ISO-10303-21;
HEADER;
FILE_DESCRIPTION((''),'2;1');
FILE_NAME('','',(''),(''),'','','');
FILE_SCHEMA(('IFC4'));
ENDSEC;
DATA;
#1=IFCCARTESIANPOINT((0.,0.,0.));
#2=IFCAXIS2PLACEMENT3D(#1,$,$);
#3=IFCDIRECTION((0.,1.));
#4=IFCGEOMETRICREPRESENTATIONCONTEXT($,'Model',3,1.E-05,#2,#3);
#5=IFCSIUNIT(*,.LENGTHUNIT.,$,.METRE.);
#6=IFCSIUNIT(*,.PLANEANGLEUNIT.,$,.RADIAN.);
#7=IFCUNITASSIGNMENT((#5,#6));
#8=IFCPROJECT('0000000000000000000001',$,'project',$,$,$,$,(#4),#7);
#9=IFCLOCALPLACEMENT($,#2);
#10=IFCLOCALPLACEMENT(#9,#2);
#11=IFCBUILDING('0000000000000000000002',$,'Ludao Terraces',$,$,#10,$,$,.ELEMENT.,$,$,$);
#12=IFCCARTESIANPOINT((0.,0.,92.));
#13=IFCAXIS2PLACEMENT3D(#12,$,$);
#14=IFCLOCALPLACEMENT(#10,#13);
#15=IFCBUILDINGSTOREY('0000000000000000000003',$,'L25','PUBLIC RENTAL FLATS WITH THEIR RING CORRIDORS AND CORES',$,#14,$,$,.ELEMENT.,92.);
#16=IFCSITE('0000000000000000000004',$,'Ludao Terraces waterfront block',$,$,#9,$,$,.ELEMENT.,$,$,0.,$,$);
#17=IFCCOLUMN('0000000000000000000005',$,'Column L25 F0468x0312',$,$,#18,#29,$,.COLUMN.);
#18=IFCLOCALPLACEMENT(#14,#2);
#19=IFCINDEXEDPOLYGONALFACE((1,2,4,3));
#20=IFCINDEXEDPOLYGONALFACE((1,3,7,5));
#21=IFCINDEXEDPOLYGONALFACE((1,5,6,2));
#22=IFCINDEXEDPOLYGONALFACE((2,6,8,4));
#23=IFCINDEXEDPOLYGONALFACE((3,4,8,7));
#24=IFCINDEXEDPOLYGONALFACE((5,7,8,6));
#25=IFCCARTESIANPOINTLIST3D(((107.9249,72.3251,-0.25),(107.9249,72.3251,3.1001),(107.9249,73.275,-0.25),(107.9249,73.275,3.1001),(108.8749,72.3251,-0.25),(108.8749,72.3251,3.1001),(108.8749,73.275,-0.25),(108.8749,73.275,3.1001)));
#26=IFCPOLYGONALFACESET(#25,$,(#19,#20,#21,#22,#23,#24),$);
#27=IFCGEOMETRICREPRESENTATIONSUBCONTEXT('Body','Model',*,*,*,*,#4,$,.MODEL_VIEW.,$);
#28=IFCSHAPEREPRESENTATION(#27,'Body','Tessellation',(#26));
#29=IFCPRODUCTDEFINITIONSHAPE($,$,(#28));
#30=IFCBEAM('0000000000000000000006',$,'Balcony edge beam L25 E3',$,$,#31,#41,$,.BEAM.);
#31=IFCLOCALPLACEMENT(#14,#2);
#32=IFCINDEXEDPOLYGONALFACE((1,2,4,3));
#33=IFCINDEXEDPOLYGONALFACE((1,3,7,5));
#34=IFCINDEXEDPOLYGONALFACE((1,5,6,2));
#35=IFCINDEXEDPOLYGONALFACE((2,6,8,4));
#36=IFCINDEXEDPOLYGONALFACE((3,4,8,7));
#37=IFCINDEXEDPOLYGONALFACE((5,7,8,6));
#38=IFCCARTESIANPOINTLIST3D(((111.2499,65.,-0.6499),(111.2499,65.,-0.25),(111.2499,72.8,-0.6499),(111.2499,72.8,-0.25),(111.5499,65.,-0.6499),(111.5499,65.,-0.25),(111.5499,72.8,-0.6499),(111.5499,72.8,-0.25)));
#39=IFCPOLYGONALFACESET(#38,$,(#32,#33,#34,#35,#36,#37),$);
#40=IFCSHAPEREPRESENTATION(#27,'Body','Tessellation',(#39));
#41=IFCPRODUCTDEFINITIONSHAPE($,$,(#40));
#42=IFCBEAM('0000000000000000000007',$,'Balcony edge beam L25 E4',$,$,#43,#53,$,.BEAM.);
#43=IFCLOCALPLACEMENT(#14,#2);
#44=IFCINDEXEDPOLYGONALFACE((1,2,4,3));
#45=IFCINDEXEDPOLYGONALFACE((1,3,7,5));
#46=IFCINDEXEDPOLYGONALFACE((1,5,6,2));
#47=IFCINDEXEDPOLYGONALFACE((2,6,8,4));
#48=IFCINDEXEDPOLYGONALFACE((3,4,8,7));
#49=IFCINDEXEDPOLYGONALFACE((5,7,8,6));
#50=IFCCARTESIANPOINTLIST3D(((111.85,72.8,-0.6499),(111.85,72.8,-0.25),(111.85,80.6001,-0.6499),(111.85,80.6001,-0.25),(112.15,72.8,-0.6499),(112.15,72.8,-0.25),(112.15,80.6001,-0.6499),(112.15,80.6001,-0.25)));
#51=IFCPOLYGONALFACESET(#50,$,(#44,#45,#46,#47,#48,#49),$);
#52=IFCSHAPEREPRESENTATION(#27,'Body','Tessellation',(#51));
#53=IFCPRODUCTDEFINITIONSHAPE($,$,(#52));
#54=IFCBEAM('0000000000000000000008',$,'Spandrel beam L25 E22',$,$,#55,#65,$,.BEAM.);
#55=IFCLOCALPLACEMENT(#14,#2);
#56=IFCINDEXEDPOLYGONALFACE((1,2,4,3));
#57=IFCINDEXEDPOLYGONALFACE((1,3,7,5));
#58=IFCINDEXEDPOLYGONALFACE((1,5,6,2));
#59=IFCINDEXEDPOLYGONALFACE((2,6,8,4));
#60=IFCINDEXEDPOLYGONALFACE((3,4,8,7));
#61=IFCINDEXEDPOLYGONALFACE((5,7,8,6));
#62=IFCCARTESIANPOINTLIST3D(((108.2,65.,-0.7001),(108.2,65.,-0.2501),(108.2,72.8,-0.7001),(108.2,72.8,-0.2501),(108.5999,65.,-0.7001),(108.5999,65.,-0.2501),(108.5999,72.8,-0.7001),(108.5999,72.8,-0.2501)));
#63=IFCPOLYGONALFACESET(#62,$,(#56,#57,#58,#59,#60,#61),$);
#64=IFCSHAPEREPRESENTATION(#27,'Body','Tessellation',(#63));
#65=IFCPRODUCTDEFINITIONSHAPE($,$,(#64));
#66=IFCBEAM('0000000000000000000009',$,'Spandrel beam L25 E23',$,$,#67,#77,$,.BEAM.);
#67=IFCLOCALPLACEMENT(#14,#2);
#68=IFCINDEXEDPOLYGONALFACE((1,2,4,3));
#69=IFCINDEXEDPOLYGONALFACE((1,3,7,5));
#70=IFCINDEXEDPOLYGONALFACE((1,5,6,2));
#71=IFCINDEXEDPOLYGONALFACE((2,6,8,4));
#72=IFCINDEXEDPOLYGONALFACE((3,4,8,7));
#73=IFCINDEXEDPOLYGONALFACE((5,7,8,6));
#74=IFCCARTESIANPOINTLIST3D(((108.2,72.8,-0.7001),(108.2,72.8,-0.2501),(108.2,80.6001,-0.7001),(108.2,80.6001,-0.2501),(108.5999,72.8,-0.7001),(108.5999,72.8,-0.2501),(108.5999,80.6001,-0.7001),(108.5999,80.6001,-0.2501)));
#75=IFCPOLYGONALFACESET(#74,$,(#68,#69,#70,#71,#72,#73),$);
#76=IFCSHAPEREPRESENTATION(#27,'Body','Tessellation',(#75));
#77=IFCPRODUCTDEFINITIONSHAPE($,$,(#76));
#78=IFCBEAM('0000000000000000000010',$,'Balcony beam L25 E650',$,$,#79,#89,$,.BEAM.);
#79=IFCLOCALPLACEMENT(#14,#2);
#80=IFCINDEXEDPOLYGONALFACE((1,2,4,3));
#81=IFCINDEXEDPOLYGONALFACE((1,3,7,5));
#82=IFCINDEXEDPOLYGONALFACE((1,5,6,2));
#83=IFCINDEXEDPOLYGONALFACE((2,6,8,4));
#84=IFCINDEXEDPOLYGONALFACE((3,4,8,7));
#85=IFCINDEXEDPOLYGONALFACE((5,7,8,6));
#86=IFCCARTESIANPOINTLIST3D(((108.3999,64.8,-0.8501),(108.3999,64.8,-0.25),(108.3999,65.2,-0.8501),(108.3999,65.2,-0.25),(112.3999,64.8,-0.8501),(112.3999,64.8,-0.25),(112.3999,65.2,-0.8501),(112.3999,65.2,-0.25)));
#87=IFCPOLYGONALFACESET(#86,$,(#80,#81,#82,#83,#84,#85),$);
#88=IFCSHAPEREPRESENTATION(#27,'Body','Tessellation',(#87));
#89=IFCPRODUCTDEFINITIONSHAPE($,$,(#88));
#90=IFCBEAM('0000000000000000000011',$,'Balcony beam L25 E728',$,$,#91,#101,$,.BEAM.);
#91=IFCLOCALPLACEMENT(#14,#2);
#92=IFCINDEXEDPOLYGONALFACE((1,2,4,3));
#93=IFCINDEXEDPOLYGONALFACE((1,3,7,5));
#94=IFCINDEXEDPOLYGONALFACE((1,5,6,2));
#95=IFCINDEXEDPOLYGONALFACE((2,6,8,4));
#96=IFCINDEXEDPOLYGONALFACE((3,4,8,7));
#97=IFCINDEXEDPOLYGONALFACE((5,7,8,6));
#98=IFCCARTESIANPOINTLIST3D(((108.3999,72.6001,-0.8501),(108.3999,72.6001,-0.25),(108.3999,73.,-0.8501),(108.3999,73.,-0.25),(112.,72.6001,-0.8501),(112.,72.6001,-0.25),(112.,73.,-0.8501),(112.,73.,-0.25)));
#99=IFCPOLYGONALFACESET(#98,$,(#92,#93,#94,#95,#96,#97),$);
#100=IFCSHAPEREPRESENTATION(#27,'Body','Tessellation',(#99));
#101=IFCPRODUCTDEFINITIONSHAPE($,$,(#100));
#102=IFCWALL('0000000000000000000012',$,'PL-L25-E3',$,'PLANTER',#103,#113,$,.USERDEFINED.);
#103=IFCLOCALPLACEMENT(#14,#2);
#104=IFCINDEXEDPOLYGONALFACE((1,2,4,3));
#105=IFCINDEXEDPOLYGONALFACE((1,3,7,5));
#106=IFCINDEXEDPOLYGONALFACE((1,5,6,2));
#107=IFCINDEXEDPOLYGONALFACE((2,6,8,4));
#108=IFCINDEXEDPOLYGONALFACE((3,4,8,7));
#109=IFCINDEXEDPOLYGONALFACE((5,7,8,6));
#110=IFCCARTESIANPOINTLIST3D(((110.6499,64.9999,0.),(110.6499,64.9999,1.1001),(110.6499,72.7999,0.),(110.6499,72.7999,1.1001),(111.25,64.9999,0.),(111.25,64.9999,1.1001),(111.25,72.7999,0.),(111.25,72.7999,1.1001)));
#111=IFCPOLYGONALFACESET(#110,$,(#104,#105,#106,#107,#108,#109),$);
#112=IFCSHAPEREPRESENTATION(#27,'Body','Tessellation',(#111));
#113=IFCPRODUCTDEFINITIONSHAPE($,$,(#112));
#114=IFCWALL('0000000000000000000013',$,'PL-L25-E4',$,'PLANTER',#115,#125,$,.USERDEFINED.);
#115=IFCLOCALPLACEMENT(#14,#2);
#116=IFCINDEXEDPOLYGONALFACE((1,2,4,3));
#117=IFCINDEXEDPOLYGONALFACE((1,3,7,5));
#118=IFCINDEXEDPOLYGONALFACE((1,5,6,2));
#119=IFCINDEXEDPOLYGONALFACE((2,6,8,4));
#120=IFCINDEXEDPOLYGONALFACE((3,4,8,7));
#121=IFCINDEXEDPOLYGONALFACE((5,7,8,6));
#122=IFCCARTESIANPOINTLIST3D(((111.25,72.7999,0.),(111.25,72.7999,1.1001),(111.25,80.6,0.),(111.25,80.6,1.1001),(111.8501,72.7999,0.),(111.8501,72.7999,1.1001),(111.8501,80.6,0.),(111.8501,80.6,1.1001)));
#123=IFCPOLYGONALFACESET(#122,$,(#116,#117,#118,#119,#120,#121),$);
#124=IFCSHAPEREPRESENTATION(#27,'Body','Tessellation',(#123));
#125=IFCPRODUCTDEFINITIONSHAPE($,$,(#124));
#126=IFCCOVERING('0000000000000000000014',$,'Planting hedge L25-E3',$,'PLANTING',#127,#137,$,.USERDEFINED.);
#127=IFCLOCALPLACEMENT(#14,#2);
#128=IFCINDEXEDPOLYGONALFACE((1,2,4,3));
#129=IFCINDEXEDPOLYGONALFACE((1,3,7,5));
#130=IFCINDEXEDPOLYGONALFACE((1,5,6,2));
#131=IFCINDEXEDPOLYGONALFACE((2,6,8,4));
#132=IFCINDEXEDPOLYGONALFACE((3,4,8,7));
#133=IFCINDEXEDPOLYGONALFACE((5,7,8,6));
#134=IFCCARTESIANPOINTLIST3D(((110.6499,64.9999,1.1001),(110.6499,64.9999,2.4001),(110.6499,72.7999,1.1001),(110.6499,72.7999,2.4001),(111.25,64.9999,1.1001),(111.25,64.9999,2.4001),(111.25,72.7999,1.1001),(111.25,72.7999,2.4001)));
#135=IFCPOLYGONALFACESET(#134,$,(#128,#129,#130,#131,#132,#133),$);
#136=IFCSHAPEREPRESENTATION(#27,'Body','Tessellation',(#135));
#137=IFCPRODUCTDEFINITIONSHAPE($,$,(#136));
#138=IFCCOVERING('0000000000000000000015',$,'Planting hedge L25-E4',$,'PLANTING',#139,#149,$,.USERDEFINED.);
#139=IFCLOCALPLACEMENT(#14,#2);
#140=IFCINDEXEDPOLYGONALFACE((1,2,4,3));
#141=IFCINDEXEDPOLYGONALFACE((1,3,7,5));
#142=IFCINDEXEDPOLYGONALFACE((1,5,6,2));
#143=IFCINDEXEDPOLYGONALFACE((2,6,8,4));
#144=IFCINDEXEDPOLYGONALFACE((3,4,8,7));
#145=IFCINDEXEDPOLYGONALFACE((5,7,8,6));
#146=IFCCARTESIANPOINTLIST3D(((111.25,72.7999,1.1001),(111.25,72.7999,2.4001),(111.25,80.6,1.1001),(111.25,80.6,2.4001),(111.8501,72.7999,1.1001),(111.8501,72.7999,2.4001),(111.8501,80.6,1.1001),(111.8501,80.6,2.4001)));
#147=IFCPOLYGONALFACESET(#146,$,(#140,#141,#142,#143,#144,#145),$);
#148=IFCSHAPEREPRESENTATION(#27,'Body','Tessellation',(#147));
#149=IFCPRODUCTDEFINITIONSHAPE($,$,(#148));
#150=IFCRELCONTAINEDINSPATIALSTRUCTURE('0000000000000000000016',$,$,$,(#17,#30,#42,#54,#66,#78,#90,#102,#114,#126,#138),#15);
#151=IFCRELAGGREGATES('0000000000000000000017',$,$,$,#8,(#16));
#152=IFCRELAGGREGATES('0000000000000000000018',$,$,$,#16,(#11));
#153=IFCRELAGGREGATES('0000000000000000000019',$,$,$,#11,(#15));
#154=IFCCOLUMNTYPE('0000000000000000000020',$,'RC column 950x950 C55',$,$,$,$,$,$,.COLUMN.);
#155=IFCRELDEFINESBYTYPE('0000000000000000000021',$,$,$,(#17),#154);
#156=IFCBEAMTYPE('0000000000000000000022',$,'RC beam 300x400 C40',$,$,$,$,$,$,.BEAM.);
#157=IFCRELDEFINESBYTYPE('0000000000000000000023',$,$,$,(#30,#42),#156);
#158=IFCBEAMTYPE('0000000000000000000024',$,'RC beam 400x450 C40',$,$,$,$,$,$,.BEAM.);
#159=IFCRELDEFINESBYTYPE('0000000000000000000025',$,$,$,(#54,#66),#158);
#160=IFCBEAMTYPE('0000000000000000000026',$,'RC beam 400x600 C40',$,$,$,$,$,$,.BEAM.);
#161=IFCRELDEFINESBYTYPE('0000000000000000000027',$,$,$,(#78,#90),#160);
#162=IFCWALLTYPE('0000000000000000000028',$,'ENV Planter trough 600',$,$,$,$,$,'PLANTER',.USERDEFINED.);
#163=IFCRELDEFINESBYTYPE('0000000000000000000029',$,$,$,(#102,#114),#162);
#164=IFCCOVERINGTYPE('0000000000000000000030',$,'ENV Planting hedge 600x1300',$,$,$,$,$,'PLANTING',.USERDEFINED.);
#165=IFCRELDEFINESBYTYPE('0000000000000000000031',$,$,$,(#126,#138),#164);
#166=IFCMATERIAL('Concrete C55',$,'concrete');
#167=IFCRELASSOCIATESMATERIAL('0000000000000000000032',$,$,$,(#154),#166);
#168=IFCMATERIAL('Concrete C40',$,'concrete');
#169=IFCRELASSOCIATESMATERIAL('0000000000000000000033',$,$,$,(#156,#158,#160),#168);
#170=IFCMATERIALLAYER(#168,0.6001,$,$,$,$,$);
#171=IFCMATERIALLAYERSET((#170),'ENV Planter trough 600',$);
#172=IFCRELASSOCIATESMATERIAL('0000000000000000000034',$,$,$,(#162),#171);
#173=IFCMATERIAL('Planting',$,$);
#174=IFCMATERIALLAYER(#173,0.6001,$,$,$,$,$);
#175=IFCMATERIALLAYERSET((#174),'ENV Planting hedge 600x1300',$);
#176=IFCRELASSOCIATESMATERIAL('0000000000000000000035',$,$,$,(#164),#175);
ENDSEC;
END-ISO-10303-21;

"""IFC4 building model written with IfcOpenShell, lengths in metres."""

from ifc_helpers import new_model, si_unit, direction, frame, frame_2d, origin, origin_2d, place, context, subcontext, project, spatial, rectangle, extrude, material, layer, layer_set, material_profile, profile_set, type_object, element, save


model = new_model("IFC4")

# Units and contexts
model_context = context("Model", 3, precision=1e-05, world=origin(), true_north=direction((0.0, 1.0)))
body_context = subcontext(model_context, "Body", "Model", "MODEL_VIEW")
ifc_project = project(units=[si_unit("LENGTHUNIT", "METRE"), si_unit("PLANEANGLEUNIT", "RADIAN")], contexts=[model_context])

# Site, building, storey
site_placement = place(None, origin())
site = spatial("IfcSite", under=ifc_project, at=site_placement, Name="Ludao Terraces waterfront block", CompositionType="ELEMENT", RefElevation=0.0)
building_placement = place(site_placement, origin())
building = spatial("IfcBuilding", under=site, at=building_placement, Name="Ludao Terraces", CompositionType="ELEMENT")
storey_placement = place(building_placement, frame((0.0, 0.0, 92.0)))
storey = spatial("IfcBuildingStorey", under=building, at=storey_placement, Name="L25", Description="PUBLIC RENTAL FLATS WITH THEIR RING CORRIDORS AND CORES", CompositionType="ELEMENT", Elevation=92.0)

# Column
ifc_material_1 = material(Name="Concrete C55", Category="concrete")
ifc_material_profile_1 = material_profile(ifc_material_1, rectangle(XDim=0.95, YDim=0.95, at=origin_2d()), Name="950 X 950")
ifc_profile_set_1 = profile_set([ifc_material_profile_1], Name="Concrete C55")
column_type = type_object("IfcColumnType", Name="RC column 950x950 C55", PredefinedType="COLUMN", material=ifc_profile_set_1)
column_placement = place(storey_placement, frame((108.3999, 72.8, -0.25), z_axis=(0.0, 0.0, 1.0), x_axis=(1.0, 0.0, 0.0)))
element("IfcColumn", 1, at=column_placement, inside=storey, type_object=column_type, Name="Column L25 F0468x0312", PredefinedType="COLUMN", context=body_context, shape_type="SweptSolid", body=[
    extrude(rectangle(XDim=0.95, YDim=0.95, at=origin_2d()), origin(), (0.0, 0.0, 1.0), 3.3501),
])

# Beams
ifc_material_2 = material(Name="Concrete C40", Category="concrete")
ifc_material_profile_2 = material_profile(ifc_material_2, rectangle(XDim=0.3, YDim=0.3999, at=origin_2d()), Name="300 X 400")
ifc_profile_set_2 = profile_set([ifc_material_profile_2], Name="Concrete C40")
beam_type_1 = type_object("IfcBeamType", Name="RC beam 300x400 C40", PredefinedType="BEAM", material=ifc_profile_set_2)
for number, where, z_axis, x_axis, name in (
    (2, (111.3999, 65.0, -0.45), (0.0, 1.0, 0.0), (-1.0, 0.0, 0.0), "Balcony edge beam L25 E3"),
    (3, (112.0, 72.8, -0.45), (0.0, 1.0, 0.0), (-1.0, 0.0, 0.0), "Balcony edge beam L25 E4"),
):
    element("IfcBeam", number, at=place(storey_placement, frame(where, z_axis=z_axis, x_axis=x_axis)), inside=storey, type_object=beam_type_1, Name=name, PredefinedType="BEAM", context=body_context, shape_type="SweptSolid", body=[
        extrude(rectangle(XDim=0.3, YDim=0.3999, at=origin_2d()), origin(), (0.0, 0.0, 1.0), 7.8),
    ])
ifc_material_profile_3 = material_profile(ifc_material_2, rectangle(XDim=0.3999, YDim=0.45, at=origin_2d()), Name="400 X 450")
ifc_profile_set_3 = profile_set([ifc_material_profile_3], Name="Concrete C40")
beam_type_2 = type_object("IfcBeamType", Name="RC beam 400x450 C40", PredefinedType="BEAM", material=ifc_profile_set_3)
for number, where, z_axis, x_axis, name in (
    (4, (108.3999, 65.0, -0.4751), (0.0, 1.0, 0.0), (-1.0, 0.0, 0.0), "Spandrel beam L25 E22"),
    (5, (108.3999, 72.8, -0.4751), (0.0, 1.0, 0.0), (-1.0, 0.0, 0.0), "Spandrel beam L25 E23"),
):
    element("IfcBeam", number, at=place(storey_placement, frame(where, z_axis=z_axis, x_axis=x_axis)), inside=storey, type_object=beam_type_2, Name=name, PredefinedType="BEAM", context=body_context, shape_type="SweptSolid", body=[
        extrude(rectangle(XDim=0.3999, YDim=0.45, at=origin_2d()), origin(), (0.0, 0.0, 1.0), 7.8),
    ])
ifc_material_profile_4 = material_profile(ifc_material_2, rectangle(XDim=0.3999, YDim=0.6001, at=origin_2d()), Name="400 X 600")
ifc_profile_set_4 = profile_set([ifc_material_profile_4], Name="Concrete C40")
beam_type_3 = type_object("IfcBeamType", Name="RC beam 400x600 C40", PredefinedType="BEAM", material=ifc_profile_set_4)
beam_1_placement = place(storey_placement, frame((108.3999, 65.0, -0.55), z_axis=(1.0, 0.0, 0.0), x_axis=(0.0, 1.0, 0.0)))
element("IfcBeam", 6, at=beam_1_placement, inside=storey, type_object=beam_type_3, Name="Balcony beam L25 E650", PredefinedType="BEAM", context=body_context, shape_type="SweptSolid", body=[
    extrude(rectangle(XDim=0.3999, YDim=0.6001, at=origin_2d()), origin(), (0.0, 0.0, 1.0), 4.0),
])
beam_2_placement = place(storey_placement, frame((108.3999, 72.8, -0.55), z_axis=(1.0, 0.0, 0.0), x_axis=(0.0, 1.0, 0.0)))
element("IfcBeam", 7, at=beam_2_placement, inside=storey, type_object=beam_type_3, Name="Balcony beam L25 E728", PredefinedType="BEAM", context=body_context, shape_type="SweptSolid", body=[
    extrude(rectangle(XDim=0.3999, YDim=0.6001, at=origin_2d()), origin(), (0.0, 0.0, 1.0), 3.6001),
])

# Walls
ifc_layer_1 = layer(ifc_material_2, 0.6001)
ifc_layer_set_1 = layer_set([ifc_layer_1], Name="ENV Planter trough 600")
wall_type = type_object("IfcWallType", Name="ENV Planter trough 600", ElementType="PLANTER", PredefinedType="USERDEFINED", material=ifc_layer_set_1)
for number, where, z_axis, x_axis, name in (
    (8, (110.95, 65.0, 0.0), (0.0, 0.0, 1.0), (0.0, 1.0, 0.0), "PL-L25-E3"),
    (9, (111.55, 72.8, 0.0), (0.0, 0.0, 1.0), (0.0, 1.0, 0.0), "PL-L25-E4"),
):
    element("IfcWall", number, at=place(storey_placement, frame(where, z_axis=z_axis, x_axis=x_axis)), inside=storey, type_object=wall_type, Name=name, ObjectType="PLANTER", PredefinedType="USERDEFINED", context=body_context, shape_type="SweptSolid", body=[
        extrude(rectangle(XDim=7.8, YDim=0.6001, at=frame_2d((3.8999, 0.0))), origin(), (0.0, 0.0, 1.0), 1.1001),
    ])

# Coverings
ifc_material_3 = material(Name="Planting")
ifc_layer_2 = layer(ifc_material_3, 0.6001)
ifc_layer_set_2 = layer_set([ifc_layer_2], Name="ENV Planting hedge 600x1300")
covering_type = type_object("IfcCoveringType", Name="ENV Planting hedge 600x1300", ElementType="PLANTING", PredefinedType="USERDEFINED", material=ifc_layer_set_2)
for number, where, z_axis, x_axis, name in (
    (10, (110.95, 68.8999, 1.1001), (0.0, 0.0, 1.0), (1.0, 0.0, 0.0), "Planting hedge L25-E3"),
    (11, (111.55, 76.7, 1.1001), (0.0, 0.0, 1.0), (1.0, 0.0, 0.0), "Planting hedge L25-E4"),
):
    element("IfcCovering", number, at=place(storey_placement, frame(where, z_axis=z_axis, x_axis=x_axis)), inside=storey, type_object=covering_type, Name=name, ObjectType="PLANTING", PredefinedType="USERDEFINED", context=body_context, shape_type="SweptSolid", body=[
        extrude(rectangle(XDim=0.6001, YDim=7.8, at=origin_2d()), origin(), (0.0, 0.0, 1.0), 1.3),
    ])

save(model, "model.ifc")
